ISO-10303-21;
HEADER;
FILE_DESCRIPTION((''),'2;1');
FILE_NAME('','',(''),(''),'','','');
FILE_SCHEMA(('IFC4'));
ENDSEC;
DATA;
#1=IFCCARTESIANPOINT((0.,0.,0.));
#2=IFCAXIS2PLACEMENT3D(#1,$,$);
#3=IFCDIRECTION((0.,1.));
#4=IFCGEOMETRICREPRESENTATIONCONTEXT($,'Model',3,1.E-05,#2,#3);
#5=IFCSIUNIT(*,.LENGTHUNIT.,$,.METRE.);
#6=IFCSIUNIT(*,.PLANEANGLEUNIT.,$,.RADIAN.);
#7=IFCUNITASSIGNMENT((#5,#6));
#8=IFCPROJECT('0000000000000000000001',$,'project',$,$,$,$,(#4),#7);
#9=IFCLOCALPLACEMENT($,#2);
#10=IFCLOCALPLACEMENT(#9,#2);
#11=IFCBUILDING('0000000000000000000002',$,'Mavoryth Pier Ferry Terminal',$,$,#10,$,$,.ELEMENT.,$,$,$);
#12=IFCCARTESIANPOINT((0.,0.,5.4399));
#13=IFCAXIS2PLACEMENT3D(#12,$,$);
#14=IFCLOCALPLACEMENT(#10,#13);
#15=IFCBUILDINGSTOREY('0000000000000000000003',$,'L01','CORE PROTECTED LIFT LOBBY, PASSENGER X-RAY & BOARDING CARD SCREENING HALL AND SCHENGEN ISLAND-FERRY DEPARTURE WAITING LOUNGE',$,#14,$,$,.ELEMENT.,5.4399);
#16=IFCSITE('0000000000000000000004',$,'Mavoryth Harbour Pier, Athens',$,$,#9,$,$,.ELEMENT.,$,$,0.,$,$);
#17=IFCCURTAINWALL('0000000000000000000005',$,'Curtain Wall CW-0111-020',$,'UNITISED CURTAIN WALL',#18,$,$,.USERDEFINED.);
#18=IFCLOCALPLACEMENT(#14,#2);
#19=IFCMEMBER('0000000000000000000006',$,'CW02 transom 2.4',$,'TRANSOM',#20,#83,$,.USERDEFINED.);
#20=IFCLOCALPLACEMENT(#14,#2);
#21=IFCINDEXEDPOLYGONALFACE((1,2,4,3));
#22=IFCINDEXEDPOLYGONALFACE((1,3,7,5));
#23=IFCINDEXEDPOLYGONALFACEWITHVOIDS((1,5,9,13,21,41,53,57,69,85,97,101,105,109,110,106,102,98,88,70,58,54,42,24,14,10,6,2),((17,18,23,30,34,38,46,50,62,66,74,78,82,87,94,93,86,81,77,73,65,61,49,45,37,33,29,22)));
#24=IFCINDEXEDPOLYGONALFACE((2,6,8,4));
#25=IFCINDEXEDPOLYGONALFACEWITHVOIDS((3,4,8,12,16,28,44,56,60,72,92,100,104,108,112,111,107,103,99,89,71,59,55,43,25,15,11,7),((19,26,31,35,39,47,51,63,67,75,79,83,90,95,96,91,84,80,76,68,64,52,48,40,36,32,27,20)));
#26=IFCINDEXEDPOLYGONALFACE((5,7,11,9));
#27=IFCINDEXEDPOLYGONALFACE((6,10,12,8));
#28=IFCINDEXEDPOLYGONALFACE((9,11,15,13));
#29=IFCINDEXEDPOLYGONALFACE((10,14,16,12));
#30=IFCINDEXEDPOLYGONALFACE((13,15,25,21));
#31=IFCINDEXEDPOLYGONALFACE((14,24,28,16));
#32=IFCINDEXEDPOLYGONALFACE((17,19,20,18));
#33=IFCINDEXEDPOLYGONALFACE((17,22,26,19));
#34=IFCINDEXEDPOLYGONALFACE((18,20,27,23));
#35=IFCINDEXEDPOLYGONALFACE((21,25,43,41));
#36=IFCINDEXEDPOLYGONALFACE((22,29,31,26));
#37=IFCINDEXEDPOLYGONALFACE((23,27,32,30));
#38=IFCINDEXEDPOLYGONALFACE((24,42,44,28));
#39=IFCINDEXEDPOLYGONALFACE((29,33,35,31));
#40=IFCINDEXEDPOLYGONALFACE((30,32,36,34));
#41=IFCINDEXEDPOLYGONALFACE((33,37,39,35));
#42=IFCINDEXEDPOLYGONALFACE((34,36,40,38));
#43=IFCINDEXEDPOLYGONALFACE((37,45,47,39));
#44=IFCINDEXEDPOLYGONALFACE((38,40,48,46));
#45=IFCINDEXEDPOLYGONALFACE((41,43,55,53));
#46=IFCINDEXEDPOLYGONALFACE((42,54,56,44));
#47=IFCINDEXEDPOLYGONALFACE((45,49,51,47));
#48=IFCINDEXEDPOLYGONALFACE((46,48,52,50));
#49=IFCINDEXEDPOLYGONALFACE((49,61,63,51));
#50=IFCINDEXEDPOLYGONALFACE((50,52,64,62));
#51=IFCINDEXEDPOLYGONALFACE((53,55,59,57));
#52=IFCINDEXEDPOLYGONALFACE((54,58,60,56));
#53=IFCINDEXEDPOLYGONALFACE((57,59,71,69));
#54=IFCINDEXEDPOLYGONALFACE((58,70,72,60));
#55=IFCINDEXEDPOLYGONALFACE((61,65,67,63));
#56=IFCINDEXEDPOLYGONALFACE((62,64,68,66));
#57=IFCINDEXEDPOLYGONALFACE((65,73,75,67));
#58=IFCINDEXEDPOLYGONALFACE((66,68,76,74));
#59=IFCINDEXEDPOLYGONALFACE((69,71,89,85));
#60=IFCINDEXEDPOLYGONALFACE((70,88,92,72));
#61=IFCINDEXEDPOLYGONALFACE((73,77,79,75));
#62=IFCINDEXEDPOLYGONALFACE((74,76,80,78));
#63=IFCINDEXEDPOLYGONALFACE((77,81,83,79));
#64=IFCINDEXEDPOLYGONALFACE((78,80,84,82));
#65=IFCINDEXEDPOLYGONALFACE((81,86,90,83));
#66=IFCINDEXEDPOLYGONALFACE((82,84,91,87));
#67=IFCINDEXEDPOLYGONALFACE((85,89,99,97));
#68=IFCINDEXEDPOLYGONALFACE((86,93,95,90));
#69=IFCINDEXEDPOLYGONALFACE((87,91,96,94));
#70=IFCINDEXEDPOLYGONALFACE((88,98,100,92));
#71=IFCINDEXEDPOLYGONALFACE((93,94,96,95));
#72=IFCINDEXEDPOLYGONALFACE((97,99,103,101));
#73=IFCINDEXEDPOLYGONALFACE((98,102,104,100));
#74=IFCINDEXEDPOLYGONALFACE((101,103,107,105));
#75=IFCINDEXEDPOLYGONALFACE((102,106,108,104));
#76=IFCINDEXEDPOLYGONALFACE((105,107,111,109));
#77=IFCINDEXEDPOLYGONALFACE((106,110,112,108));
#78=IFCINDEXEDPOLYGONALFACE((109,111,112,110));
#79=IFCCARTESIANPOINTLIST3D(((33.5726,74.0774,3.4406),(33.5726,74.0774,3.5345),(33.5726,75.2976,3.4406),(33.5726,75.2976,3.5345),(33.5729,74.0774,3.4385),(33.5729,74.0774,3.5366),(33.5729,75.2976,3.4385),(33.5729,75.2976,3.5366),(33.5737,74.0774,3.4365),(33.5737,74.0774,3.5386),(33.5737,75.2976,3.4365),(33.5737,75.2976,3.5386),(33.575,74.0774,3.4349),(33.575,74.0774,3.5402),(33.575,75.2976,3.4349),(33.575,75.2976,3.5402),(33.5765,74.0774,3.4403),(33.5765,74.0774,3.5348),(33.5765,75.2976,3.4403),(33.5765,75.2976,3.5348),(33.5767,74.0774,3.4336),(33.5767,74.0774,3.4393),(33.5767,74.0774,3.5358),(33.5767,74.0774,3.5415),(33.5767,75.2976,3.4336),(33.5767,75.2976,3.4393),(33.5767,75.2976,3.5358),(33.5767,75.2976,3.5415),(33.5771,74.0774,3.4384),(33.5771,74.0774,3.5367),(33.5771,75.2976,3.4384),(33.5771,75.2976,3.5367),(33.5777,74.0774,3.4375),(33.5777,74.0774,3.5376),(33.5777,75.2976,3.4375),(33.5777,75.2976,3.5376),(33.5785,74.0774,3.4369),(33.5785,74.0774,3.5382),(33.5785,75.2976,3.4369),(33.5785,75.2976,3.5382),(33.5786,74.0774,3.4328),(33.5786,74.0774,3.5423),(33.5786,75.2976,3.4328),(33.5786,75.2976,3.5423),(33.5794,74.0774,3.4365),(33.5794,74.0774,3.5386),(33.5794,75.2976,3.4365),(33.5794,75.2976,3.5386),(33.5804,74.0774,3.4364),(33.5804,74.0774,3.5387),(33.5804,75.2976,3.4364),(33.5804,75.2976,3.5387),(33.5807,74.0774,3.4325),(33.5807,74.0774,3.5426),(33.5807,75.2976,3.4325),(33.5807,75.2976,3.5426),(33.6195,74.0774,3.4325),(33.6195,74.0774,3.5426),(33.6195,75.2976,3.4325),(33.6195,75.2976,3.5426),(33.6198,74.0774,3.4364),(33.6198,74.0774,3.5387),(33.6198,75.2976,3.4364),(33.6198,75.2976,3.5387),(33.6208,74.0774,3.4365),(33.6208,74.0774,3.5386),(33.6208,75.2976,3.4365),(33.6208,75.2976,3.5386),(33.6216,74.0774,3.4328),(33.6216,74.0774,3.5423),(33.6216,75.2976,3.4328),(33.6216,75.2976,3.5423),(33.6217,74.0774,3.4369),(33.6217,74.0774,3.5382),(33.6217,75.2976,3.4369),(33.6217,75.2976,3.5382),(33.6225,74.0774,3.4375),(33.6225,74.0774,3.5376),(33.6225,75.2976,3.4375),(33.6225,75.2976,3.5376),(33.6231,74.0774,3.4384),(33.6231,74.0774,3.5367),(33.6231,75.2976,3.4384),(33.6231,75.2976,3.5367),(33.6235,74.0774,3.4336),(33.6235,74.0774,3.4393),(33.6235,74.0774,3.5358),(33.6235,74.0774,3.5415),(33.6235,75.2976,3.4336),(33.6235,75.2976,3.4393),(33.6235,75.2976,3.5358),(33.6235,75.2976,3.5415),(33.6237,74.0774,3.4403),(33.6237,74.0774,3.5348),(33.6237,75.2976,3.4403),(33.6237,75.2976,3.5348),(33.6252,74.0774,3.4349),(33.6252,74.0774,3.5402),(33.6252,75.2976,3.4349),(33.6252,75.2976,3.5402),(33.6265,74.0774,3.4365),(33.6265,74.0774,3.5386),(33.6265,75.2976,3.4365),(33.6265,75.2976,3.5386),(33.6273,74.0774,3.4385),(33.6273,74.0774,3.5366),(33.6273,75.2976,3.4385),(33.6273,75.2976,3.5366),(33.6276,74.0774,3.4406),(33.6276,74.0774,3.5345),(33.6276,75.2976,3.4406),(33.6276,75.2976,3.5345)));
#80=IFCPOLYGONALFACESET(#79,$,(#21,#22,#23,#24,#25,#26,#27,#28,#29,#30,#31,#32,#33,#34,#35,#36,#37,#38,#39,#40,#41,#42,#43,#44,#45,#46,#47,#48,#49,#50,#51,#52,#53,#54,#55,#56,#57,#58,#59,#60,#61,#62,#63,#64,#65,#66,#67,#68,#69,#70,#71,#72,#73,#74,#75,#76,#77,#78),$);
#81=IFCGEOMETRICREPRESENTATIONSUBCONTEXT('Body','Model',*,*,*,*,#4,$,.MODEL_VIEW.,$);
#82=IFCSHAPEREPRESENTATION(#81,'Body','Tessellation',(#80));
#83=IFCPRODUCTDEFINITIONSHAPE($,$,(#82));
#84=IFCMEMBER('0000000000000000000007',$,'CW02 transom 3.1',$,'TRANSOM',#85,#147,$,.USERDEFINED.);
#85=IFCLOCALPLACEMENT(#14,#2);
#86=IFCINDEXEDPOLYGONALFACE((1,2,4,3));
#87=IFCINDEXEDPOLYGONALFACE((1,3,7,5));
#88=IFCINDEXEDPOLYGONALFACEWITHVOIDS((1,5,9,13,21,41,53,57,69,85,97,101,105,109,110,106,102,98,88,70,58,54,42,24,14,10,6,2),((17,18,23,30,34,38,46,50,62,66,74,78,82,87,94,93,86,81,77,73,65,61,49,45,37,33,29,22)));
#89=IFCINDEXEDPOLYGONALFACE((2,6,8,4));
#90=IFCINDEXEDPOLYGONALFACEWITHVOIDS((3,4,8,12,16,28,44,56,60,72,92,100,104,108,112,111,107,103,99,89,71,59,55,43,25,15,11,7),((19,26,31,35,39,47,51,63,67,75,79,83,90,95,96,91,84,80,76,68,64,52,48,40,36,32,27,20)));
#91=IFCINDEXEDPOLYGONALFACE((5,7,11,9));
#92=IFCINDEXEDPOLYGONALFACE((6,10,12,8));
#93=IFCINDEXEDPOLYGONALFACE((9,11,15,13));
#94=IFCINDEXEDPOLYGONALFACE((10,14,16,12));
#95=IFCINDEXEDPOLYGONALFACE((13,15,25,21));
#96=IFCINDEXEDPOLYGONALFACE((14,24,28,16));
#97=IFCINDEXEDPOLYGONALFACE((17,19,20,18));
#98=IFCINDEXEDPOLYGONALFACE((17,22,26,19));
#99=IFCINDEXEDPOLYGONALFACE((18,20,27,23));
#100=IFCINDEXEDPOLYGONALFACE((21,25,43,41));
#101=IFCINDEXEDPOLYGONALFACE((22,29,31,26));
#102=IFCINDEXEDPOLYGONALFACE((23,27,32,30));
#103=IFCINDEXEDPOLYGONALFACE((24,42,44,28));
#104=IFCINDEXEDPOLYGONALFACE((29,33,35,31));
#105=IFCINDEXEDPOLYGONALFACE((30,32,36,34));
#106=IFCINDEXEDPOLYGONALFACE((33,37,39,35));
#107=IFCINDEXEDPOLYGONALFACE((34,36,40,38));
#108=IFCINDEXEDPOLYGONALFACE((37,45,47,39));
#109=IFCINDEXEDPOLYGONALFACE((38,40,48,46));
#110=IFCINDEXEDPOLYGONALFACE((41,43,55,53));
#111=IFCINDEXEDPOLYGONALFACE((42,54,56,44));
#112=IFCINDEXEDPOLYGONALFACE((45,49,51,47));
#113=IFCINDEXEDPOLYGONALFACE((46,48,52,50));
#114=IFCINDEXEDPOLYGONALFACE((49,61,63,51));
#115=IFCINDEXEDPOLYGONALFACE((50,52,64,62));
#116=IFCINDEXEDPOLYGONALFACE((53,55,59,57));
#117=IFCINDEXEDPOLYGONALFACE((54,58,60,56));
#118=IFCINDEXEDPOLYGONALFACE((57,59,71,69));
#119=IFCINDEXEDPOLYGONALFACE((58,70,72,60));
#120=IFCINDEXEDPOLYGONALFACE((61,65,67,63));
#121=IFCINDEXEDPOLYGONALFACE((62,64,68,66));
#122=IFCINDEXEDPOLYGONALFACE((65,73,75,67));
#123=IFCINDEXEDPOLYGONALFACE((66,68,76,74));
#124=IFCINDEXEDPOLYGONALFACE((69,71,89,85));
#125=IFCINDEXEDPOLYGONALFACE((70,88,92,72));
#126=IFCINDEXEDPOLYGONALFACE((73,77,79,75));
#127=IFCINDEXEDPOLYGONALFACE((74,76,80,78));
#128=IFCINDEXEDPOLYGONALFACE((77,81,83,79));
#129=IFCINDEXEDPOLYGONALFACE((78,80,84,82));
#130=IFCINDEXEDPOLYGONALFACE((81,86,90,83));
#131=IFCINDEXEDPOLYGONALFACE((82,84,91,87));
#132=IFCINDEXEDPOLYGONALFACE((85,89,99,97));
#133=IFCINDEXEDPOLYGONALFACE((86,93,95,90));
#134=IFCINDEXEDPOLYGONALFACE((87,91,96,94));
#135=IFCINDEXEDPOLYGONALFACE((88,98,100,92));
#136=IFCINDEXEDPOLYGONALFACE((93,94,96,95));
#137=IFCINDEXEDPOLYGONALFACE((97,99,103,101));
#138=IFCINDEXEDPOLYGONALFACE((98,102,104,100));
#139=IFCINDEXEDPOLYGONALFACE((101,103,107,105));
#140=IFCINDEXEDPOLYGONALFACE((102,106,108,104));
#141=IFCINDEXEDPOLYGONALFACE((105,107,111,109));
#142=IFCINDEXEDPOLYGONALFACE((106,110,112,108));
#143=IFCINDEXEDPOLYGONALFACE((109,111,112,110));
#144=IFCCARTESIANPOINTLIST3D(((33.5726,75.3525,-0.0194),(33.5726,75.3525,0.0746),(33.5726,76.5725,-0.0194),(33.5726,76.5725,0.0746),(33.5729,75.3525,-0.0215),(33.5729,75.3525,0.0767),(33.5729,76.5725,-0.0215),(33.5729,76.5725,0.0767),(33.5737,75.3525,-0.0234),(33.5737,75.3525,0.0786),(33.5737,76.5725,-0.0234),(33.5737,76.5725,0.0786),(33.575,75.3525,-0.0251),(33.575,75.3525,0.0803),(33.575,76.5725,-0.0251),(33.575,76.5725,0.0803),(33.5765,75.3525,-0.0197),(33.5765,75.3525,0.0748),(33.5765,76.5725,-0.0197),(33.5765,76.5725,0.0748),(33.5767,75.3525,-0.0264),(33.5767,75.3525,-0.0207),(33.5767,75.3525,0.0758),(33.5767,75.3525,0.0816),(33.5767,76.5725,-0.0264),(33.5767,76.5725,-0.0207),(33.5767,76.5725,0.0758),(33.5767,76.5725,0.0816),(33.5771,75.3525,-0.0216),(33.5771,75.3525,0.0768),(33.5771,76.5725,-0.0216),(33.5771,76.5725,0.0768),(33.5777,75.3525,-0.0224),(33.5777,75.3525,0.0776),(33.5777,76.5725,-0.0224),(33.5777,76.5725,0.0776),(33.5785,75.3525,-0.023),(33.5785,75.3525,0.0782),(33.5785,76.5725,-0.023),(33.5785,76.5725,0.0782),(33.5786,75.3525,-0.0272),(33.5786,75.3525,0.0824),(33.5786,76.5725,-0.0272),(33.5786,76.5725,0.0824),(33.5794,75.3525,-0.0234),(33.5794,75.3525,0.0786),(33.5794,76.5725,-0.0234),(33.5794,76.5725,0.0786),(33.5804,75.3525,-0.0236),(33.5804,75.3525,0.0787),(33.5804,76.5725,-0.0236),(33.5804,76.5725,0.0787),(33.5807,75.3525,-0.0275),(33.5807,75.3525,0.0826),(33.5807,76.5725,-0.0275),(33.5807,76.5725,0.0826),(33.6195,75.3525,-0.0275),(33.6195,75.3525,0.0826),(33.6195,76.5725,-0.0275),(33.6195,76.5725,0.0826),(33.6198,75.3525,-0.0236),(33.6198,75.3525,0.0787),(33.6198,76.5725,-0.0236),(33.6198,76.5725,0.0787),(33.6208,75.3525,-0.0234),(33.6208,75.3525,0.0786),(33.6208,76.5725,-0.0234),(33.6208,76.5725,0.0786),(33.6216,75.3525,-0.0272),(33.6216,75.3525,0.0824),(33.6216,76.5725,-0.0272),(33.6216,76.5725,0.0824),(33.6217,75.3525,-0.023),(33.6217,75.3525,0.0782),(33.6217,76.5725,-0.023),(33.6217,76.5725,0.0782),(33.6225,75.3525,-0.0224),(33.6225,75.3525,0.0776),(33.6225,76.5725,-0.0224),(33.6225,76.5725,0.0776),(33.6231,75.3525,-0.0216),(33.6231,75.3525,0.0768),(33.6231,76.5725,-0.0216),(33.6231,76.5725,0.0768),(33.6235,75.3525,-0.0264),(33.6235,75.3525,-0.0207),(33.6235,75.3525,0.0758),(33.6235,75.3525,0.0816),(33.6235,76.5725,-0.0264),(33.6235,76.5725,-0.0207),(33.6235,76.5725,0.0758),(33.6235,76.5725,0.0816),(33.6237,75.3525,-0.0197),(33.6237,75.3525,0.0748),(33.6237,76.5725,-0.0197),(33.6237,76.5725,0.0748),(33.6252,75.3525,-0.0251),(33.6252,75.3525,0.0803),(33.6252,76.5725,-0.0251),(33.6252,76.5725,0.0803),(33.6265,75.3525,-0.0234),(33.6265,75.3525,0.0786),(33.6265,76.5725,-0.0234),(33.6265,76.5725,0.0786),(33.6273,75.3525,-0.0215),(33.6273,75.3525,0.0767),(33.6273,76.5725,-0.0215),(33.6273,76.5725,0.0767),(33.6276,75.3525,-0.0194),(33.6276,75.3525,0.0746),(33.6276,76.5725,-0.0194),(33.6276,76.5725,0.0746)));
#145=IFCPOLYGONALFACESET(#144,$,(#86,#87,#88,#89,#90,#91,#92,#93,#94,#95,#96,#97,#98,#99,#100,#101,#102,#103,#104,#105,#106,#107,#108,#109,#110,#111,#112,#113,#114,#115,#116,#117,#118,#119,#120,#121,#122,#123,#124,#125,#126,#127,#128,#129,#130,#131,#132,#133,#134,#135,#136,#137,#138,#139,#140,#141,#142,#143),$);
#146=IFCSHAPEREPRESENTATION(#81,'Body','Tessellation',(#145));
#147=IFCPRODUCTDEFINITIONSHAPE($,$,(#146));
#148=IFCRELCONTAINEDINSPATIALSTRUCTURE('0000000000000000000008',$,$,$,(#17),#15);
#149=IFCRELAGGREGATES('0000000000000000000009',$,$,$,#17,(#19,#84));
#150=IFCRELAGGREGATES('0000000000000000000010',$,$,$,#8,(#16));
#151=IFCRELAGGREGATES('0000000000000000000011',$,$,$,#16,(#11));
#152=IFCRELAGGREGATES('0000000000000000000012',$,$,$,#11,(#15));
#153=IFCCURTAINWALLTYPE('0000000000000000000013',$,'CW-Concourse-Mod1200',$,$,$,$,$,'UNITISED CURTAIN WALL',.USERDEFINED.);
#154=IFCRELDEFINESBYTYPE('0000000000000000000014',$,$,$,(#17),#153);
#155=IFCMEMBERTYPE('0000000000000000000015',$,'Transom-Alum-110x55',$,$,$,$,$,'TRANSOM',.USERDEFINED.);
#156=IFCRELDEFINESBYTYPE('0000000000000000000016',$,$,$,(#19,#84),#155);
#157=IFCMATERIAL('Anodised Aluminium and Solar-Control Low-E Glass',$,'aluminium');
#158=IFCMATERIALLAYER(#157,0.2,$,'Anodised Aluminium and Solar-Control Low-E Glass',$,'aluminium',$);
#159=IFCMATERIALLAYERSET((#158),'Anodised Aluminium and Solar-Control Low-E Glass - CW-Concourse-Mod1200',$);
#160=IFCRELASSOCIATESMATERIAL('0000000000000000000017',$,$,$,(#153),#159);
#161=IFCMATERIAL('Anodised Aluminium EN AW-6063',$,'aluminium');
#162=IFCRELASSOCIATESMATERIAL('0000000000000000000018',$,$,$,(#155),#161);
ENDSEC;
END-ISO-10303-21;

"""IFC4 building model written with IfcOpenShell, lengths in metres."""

from ifc_helpers import new_model, si_unit, direction, frame, origin, origin_2d, place, context, subcontext, project, spatial, hollow_rectangle, extrude, material, layer, layer_set, material_profile, profile_set, type_object, element, aggregate, save


model = new_model("IFC4")

# Units and contexts
model_context = context("Model", 3, precision=1e-05, world=origin(), true_north=direction((0.0, 1.0)))
body_context = subcontext(model_context, "Body", "Model", "MODEL_VIEW")
ifc_project = project(units=[si_unit("LENGTHUNIT", "METRE"), si_unit("PLANEANGLEUNIT", "RADIAN")], contexts=[model_context])

# Site, building, storey
site_placement = place(None, origin())
site = spatial("IfcSite", under=ifc_project, at=site_placement, Name="Mavoryth Harbour Pier, Athens", CompositionType="ELEMENT", RefElevation=0.0)
building_placement = place(site_placement, origin())
building = spatial("IfcBuilding", under=site, at=building_placement, Name="Mavoryth Pier Ferry Terminal", CompositionType="ELEMENT")
storey_placement = place(building_placement, frame((0.0, 0.0, 5.4399)))
storey = spatial("IfcBuildingStorey", under=building, at=storey_placement, Name="L01", Description="CORE PROTECTED LIFT LOBBY, PASSENGER X-RAY & BOARDING CARD SCREENING HALL AND SCHENGEN ISLAND-FERRY DEPARTURE WAITING LOUNGE", CompositionType="ELEMENT", Elevation=5.4399)

# Curtain wall, members
ifc_material_1 = material(Name="Anodised Aluminium and Solar-Control Low-E Glass", Category="aluminium")
ifc_layer_1 = layer(ifc_material_1, 0.2, Name="Anodised Aluminium and Solar-Control Low-E Glass", Category="aluminium")
ifc_layer_set_1 = layer_set([ifc_layer_1], Name="Anodised Aluminium and Solar-Control Low-E Glass - CW-Concourse-Mod1200")
curtain_wall_type = type_object("IfcCurtainWallType", Name="CW-Concourse-Mod1200", ElementType="UNITISED CURTAIN WALL", PredefinedType="USERDEFINED", material=ifc_layer_set_1)
curtain_wall_placement = place(storey_placement, origin())
curtain_wall = element("IfcCurtainWall", 1, at=curtain_wall_placement, inside=storey, type_object=curtain_wall_type, Name="Curtain Wall CW-0111-020", ObjectType="UNITISED CURTAIN WALL", PredefinedType="USERDEFINED")
ifc_material_2 = material(Name="Anodised Aluminium EN AW-6063", Category="aluminium")
ifc_material_profile_1 = material_profile(ifc_material_2, hollow_rectangle(XDim=0.0549, YDim=0.1101, WallThickness=0.0039, InnerFilletRadius=0.0039, OuterFilletRadius=0.0081, at=origin_2d()), Name="AL-TRAN 110x55x4", Category="aluminium")
ifc_profile_set_1 = profile_set([ifc_material_profile_1], Name="Anodised Aluminium EN AW-6063 - AL-TRAN 110x55x4")
member_type_1 = type_object("IfcMemberType", Name="Transom-Alum-110x55", ElementType="TRANSOM", PredefinedType="USERDEFINED", material=ifc_profile_set_1)
member_1_placement = place(storey_placement, frame((33.6001, 74.0774, 3.4875), z_axis=(0.0, 1.0, 0.0), x_axis=(-1.0, 0.0, 0.0)))
member_1 = element("IfcMember", 2, at=member_1_placement, type_object=member_type_1, Name="CW02 transom 2.4", ObjectType="TRANSOM", PredefinedType="USERDEFINED", context=body_context, shape_type="SweptSolid", body=[
    extrude(hollow_rectangle(XDim=0.0549, YDim=0.1101, WallThickness=0.0039, InnerFilletRadius=0.0039, OuterFilletRadius=0.0081, at=origin_2d()), origin(), (0.0, 0.0, 1.0), 1.2202),
])
member_2_placement = place(storey_placement, frame((33.6001, 75.3525, 0.0276), z_axis=(0.0, 1.0, 0.0), x_axis=(-1.0, 0.0, 0.0)))
member_2 = element("IfcMember", 3, at=member_2_placement, type_object=member_type_1, Name="CW02 transom 3.1", ObjectType="TRANSOM", PredefinedType="USERDEFINED", context=body_context, shape_type="SweptSolid", body=[
    extrude(hollow_rectangle(XDim=0.0549, YDim=0.1101, WallThickness=0.0039, InnerFilletRadius=0.0039, OuterFilletRadius=0.0081, at=origin_2d()), origin(), (0.0, 0.0, 1.0), 1.22),
])
aggregate(curtain_wall, [member_1, member_2])

save(model, "model.ifc")
